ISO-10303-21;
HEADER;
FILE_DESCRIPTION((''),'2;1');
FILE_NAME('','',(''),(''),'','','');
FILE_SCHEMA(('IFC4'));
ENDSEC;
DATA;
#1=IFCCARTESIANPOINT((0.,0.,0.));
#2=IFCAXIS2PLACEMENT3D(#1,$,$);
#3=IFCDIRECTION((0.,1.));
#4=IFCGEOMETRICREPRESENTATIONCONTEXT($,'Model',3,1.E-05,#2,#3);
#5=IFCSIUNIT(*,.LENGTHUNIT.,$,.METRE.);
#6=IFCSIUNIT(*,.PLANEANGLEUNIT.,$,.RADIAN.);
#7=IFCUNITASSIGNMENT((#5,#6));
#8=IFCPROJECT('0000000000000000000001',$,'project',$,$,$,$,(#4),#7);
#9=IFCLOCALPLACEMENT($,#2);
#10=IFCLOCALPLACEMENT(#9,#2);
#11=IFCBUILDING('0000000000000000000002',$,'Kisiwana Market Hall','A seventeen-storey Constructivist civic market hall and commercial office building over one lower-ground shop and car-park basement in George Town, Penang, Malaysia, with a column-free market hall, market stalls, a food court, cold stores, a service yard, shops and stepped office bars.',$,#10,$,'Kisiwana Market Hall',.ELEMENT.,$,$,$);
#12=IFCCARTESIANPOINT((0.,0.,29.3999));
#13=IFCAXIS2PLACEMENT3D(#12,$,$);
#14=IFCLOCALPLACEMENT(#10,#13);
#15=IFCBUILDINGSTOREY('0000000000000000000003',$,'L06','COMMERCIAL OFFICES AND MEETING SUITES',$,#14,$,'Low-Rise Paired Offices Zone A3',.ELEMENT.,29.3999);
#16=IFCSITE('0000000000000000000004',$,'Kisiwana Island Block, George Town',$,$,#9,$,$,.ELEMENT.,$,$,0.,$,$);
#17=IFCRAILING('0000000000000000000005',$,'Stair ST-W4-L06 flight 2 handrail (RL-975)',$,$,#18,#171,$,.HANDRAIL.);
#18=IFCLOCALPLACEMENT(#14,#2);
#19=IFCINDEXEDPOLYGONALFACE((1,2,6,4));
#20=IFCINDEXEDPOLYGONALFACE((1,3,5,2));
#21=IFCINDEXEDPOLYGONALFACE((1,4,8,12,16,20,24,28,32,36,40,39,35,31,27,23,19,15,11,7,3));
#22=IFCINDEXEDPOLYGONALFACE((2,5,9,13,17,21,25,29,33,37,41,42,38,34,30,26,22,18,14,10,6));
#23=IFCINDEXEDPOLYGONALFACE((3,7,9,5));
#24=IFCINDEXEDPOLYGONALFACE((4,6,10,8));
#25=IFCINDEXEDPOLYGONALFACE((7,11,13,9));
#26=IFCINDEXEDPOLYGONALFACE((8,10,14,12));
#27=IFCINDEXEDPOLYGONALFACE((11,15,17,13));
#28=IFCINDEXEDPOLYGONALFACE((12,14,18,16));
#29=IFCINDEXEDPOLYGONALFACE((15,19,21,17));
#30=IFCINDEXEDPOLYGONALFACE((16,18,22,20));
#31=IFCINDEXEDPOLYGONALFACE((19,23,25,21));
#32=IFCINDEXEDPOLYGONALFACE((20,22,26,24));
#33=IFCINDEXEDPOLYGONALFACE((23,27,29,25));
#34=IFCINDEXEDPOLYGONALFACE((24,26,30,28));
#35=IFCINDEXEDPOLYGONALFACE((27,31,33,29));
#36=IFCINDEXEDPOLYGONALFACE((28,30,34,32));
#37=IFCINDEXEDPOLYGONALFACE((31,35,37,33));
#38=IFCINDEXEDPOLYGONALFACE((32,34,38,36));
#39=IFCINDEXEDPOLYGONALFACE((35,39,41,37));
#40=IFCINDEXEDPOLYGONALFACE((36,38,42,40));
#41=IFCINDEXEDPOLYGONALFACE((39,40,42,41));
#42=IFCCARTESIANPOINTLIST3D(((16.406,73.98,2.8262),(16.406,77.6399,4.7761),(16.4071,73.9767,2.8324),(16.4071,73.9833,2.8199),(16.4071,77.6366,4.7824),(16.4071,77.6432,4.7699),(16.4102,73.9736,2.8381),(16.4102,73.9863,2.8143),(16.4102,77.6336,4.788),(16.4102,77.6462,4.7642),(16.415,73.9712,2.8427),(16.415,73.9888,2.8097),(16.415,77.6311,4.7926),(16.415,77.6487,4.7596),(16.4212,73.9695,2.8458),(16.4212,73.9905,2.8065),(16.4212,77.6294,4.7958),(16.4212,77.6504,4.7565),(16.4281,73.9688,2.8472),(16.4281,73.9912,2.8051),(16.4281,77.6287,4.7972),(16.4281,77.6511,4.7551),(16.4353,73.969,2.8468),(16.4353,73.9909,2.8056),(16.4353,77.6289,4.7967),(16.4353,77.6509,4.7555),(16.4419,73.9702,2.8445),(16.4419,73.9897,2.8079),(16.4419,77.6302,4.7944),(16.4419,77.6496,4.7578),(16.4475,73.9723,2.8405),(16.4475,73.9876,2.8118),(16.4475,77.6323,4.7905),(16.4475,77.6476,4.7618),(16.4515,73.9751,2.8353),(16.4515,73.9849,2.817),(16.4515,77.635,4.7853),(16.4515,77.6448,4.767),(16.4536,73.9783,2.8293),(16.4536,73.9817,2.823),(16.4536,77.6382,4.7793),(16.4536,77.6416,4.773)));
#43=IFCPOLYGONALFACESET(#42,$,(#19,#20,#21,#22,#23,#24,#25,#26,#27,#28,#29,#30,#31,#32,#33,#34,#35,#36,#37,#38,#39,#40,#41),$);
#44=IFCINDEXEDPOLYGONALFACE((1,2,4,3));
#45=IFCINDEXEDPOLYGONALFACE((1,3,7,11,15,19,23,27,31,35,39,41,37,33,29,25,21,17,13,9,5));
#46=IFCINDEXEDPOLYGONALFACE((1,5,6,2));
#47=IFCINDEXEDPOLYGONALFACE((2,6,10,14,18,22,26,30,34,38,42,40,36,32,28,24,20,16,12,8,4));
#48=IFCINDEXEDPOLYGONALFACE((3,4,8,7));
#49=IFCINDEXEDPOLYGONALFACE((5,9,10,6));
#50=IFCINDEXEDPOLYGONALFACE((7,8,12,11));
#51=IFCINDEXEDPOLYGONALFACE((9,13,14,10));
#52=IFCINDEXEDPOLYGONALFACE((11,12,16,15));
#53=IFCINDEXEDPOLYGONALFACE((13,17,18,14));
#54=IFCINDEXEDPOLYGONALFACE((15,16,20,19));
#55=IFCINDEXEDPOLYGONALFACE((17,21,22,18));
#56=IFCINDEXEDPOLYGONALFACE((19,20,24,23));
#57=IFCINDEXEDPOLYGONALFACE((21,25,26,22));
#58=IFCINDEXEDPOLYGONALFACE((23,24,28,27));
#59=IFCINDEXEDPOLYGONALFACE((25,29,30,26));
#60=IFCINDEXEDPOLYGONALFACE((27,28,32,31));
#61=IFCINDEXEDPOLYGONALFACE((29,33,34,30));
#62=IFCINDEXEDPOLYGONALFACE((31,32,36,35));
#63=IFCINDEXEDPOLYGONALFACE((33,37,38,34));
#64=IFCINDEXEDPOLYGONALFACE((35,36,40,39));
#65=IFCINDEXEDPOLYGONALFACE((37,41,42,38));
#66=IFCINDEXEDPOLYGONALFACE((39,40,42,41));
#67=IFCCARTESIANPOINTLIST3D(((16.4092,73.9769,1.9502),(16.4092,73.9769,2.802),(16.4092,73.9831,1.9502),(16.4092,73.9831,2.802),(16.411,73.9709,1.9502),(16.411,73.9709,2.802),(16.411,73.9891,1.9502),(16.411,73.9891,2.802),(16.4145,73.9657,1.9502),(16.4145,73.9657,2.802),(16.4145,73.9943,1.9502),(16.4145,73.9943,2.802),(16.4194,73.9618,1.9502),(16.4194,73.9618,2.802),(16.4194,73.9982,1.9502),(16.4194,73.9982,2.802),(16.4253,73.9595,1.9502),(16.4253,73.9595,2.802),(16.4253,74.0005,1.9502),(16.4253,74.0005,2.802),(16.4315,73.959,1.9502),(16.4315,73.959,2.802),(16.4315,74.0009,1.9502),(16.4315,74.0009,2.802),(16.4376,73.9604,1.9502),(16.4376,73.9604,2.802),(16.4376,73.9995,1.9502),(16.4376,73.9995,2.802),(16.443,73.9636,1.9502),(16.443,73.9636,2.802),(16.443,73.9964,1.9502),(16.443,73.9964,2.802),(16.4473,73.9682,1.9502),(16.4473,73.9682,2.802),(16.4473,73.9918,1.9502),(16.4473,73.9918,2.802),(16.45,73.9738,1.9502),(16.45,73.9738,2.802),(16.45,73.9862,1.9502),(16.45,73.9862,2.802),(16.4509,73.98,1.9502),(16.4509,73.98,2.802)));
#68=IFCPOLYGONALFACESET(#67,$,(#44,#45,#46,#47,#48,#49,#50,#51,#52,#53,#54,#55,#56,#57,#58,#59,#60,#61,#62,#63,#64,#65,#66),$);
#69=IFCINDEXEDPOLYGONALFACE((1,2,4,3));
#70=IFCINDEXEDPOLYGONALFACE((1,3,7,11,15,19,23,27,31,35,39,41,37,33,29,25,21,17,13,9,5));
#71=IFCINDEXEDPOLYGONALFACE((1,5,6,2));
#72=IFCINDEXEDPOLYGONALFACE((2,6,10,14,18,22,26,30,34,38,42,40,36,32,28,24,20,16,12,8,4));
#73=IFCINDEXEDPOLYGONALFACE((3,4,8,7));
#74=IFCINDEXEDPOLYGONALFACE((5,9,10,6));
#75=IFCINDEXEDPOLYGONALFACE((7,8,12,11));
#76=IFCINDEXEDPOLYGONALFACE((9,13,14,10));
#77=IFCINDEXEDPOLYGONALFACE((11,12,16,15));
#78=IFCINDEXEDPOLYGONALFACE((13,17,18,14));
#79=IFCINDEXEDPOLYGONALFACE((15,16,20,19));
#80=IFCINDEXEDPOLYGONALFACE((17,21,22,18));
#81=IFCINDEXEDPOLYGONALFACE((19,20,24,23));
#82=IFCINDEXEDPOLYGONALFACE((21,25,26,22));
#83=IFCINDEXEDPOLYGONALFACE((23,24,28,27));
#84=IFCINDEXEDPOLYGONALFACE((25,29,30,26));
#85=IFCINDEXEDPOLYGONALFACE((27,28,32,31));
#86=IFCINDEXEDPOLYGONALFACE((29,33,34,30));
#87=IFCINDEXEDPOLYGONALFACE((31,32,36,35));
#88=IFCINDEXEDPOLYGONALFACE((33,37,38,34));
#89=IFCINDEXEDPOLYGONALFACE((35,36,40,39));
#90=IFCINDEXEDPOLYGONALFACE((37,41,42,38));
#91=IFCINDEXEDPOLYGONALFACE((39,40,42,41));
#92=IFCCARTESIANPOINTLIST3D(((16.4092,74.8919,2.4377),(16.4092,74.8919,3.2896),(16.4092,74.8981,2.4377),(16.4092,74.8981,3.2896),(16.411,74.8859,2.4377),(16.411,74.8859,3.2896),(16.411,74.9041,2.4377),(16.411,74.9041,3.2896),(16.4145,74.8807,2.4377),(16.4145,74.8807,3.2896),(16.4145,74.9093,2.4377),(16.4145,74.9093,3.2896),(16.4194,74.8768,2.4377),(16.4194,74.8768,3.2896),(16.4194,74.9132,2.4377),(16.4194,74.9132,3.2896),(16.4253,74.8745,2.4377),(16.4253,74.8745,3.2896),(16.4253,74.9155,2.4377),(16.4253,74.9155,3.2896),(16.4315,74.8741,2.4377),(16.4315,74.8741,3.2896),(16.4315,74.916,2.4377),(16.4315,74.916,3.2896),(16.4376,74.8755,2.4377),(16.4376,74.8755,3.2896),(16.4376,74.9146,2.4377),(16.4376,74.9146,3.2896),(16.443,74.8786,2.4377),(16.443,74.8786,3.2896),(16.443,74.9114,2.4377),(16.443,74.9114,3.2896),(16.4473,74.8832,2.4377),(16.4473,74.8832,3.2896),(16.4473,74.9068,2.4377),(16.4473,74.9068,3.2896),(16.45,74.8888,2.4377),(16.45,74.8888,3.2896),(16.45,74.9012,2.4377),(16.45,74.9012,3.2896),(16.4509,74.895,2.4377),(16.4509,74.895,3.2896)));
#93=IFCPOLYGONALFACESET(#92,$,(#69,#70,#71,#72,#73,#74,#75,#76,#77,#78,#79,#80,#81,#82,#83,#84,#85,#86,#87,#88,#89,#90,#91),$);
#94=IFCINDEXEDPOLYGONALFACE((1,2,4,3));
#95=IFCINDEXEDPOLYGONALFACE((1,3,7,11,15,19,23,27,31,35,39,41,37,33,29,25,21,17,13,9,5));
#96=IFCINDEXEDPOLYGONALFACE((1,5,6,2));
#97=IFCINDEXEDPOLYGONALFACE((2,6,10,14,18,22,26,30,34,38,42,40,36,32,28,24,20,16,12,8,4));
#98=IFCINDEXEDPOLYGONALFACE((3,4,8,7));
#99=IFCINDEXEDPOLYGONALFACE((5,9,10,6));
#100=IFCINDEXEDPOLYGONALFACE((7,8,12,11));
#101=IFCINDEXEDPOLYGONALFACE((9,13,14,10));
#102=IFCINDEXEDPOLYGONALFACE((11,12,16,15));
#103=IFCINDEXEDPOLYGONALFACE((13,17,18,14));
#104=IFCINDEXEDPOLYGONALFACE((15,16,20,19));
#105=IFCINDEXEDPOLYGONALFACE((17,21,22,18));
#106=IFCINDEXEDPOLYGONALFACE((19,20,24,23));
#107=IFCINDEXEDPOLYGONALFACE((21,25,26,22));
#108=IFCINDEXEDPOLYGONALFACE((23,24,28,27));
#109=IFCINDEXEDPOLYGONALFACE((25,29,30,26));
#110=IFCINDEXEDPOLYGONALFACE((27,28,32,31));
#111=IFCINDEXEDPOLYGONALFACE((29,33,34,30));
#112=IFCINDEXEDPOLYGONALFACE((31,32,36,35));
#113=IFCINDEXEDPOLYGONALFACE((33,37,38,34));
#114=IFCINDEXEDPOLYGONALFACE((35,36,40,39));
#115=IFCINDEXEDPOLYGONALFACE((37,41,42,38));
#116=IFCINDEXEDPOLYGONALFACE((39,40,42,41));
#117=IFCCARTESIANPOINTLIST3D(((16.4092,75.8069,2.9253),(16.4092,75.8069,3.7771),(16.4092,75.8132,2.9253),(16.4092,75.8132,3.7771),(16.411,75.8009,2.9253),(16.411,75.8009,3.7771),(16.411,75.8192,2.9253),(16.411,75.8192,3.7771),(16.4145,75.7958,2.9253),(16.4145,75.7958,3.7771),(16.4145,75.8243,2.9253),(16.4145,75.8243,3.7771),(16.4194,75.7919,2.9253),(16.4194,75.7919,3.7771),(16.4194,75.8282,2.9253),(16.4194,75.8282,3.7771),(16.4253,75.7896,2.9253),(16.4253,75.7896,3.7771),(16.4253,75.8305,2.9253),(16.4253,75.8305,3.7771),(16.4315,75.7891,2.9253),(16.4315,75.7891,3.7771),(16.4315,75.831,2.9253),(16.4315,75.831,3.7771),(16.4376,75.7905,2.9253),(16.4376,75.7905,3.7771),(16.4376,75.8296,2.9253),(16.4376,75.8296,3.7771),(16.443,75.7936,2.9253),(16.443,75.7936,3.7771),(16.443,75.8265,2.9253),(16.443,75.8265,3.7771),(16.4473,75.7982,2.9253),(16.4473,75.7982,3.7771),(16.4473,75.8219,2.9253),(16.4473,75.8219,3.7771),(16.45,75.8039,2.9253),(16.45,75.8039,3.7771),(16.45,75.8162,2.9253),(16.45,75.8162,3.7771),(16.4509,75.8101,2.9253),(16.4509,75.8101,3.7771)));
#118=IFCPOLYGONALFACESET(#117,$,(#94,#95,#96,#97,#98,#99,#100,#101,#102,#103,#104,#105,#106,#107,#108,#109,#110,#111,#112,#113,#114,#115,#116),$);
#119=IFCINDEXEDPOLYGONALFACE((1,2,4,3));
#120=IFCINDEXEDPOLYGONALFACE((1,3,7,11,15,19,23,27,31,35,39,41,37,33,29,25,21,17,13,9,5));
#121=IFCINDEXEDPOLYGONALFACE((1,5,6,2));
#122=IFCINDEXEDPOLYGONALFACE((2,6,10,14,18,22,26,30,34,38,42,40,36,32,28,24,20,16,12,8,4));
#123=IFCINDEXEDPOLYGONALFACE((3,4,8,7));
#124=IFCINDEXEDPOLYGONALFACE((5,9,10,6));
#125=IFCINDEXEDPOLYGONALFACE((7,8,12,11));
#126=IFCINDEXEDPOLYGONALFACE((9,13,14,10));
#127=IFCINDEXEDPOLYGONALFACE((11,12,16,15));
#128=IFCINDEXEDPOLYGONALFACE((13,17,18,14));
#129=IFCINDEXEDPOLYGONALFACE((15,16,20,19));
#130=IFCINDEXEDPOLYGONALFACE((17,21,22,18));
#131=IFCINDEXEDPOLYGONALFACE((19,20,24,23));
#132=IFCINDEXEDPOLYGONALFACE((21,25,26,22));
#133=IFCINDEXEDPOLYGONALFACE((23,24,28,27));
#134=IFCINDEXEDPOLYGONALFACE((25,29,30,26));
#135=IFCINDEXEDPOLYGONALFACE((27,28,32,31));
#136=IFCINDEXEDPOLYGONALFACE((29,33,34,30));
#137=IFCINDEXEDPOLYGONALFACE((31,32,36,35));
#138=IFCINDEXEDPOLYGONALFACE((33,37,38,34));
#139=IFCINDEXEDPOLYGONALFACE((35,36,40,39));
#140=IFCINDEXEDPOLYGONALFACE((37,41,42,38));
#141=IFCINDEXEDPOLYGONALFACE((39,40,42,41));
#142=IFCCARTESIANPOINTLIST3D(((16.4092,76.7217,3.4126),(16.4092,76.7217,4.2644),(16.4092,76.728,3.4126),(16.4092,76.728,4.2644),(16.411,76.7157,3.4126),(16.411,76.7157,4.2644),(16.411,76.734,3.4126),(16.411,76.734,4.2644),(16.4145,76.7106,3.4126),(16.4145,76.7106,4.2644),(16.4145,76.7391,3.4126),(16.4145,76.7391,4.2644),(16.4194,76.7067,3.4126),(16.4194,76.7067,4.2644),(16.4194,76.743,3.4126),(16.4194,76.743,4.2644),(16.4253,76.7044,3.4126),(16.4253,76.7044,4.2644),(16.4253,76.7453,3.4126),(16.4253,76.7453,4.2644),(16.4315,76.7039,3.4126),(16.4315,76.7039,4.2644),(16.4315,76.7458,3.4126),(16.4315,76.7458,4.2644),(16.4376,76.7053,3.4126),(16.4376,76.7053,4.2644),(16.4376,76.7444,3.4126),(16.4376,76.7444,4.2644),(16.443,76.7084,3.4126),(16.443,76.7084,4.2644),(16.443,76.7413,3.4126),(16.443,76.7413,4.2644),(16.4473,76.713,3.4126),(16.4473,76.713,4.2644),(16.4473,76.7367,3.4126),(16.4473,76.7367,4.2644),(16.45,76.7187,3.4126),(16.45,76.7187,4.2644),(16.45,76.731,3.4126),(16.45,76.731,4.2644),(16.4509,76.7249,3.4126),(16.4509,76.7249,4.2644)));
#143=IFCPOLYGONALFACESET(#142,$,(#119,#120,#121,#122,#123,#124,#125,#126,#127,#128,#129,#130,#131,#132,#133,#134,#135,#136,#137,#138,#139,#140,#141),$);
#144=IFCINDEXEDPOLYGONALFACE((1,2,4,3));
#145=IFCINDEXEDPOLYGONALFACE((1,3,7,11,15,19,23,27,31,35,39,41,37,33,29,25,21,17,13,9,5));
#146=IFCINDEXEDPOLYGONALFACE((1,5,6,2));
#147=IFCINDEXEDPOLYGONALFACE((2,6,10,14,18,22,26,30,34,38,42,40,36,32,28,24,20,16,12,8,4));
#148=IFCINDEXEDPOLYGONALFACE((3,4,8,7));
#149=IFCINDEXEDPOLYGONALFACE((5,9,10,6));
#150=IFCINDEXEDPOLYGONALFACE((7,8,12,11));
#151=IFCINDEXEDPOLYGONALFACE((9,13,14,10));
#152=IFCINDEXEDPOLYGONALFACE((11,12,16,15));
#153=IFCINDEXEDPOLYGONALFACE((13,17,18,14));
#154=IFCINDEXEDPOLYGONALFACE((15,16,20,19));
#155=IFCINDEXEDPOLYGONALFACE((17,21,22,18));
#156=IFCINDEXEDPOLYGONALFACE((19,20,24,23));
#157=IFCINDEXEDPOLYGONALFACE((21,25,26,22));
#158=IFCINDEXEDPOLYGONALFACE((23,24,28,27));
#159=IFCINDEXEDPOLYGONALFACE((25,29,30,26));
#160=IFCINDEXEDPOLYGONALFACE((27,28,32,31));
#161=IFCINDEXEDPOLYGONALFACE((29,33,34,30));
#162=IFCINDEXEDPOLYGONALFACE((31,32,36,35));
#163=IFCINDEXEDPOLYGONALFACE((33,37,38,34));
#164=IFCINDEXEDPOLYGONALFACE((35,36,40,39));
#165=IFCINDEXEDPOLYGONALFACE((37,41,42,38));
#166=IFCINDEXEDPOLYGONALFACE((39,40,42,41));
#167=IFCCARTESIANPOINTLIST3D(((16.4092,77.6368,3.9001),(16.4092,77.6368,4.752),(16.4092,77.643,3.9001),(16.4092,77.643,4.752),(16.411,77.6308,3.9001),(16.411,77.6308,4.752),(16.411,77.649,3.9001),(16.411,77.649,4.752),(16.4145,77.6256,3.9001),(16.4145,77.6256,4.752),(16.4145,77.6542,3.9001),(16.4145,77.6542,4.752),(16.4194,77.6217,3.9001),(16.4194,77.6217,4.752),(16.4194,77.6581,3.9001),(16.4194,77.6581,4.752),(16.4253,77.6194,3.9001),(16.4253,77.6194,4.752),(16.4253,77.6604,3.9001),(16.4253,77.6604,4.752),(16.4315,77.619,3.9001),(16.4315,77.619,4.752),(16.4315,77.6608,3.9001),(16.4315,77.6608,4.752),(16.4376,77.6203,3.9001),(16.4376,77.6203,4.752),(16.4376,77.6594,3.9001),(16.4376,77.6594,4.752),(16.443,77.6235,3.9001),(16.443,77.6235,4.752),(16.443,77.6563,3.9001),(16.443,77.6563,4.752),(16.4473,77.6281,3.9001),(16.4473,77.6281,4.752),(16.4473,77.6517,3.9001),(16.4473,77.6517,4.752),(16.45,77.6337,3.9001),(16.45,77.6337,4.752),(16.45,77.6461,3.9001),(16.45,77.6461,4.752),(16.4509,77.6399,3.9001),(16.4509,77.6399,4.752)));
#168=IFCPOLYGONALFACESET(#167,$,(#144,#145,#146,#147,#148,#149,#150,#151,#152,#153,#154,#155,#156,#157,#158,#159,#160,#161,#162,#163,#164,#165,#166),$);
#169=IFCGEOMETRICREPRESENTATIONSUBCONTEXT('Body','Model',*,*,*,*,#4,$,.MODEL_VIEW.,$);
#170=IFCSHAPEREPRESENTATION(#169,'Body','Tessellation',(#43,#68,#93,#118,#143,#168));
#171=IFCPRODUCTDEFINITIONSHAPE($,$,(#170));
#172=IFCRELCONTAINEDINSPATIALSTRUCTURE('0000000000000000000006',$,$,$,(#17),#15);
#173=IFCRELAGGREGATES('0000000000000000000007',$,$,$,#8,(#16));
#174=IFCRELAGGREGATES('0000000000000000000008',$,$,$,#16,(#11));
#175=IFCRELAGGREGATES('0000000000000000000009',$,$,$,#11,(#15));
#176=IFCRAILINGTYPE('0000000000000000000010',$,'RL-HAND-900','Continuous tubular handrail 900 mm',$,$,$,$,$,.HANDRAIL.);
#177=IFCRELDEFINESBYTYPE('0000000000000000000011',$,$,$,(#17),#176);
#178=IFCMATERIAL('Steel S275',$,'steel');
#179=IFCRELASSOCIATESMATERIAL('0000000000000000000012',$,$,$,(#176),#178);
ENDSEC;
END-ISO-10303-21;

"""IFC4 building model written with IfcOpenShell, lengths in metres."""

from ifc_helpers import new_model, si_unit, direction, frame, origin, origin_2d, place, context, subcontext, project, spatial, circle, extrude, material, type_object, element, save


model = new_model("IFC4")

# Units and contexts
model_context = context("Model", 3, precision=1e-05, world=origin(), true_north=direction((0.0, 1.0)))
body_context = subcontext(model_context, "Body", "Model", "MODEL_VIEW")
ifc_project = project(units=[si_unit("LENGTHUNIT", "METRE"), si_unit("PLANEANGLEUNIT", "RADIAN")], contexts=[model_context])

# Site, building, storey
site_placement = place(None, origin())
site = spatial("IfcSite", under=ifc_project, at=site_placement, Name="Kisiwana Island Block, George Town", CompositionType="ELEMENT", RefElevation=0.0)
building_placement = place(site_placement, origin())
building = spatial("IfcBuilding", under=site, at=building_placement, Name="Kisiwana Market Hall", Description="A seventeen-storey Constructivist civic market hall and commercial office building over one lower-ground shop and car-park basement in George Town, Penang, Malaysia, with a column-free market hall, market stalls, a food court, cold stores, a service yard, shops and stepped office bars.", LongName="Kisiwana Market Hall", CompositionType="ELEMENT")
storey_placement = place(building_placement, frame((0.0, 0.0, 29.3999)))
storey = spatial("IfcBuildingStorey", under=building, at=storey_placement, Name="L06", Description="COMMERCIAL OFFICES AND MEETING SUITES", LongName="Low-Rise Paired Offices Zone A3", CompositionType="ELEMENT", Elevation=29.3999)

# Railing
ifc_material_1 = material(Name="Steel S275", Category="steel")
railing_type_1 = type_object("IfcRailingType", Name="RL-HAND-900", Description="Continuous tubular handrail 900 mm", PredefinedType="HANDRAIL", material=ifc_material_1)
railing_1_placement = place(storey_placement, frame((16.4299, 73.98, 1.9502)))
element("IfcRailing", 1, at=railing_1_placement, inside=storey, type_object=railing_type_1, Name="Stair ST-W4-L06 flight 2 handrail (RL-975)", PredefinedType="HANDRAIL", context=body_context, shape_type="SweptSolid", body=[
    extrude(circle(Radius=0.0239, at=origin_2d()), frame((0.0, 0.0, 0.876), z_axis=(0.0, 0.882553, 0.470212), x_axis=(-1.0, 0.0, 0.0)), (0.0, 0.0, 1.0), 4.147),
    extrude(circle(Radius=0.021, at=origin_2d()), origin(), (0.0, 0.0, 1.0), 0.8518),
    extrude(circle(Radius=0.021, at=origin_2d()), frame((0.0, 0.915, 0.4875)), (0.0, 0.0, 1.0), 0.8518),
    extrude(circle(Radius=0.021, at=origin_2d()), frame((0.0, 1.8301, 0.9751)), (0.0, 0.0, 1.0), 0.8518),
    extrude(circle(Radius=0.021, at=origin_2d()), frame((0.0, 2.7449, 1.4624)), (0.0, 0.0, 1.0), 0.8518),
    extrude(circle(Radius=0.021, at=origin_2d()), frame((0.0, 3.6599, 1.95)), (0.0, 0.0, 1.0), 0.8518),
])

save(model, "model.ifc")
